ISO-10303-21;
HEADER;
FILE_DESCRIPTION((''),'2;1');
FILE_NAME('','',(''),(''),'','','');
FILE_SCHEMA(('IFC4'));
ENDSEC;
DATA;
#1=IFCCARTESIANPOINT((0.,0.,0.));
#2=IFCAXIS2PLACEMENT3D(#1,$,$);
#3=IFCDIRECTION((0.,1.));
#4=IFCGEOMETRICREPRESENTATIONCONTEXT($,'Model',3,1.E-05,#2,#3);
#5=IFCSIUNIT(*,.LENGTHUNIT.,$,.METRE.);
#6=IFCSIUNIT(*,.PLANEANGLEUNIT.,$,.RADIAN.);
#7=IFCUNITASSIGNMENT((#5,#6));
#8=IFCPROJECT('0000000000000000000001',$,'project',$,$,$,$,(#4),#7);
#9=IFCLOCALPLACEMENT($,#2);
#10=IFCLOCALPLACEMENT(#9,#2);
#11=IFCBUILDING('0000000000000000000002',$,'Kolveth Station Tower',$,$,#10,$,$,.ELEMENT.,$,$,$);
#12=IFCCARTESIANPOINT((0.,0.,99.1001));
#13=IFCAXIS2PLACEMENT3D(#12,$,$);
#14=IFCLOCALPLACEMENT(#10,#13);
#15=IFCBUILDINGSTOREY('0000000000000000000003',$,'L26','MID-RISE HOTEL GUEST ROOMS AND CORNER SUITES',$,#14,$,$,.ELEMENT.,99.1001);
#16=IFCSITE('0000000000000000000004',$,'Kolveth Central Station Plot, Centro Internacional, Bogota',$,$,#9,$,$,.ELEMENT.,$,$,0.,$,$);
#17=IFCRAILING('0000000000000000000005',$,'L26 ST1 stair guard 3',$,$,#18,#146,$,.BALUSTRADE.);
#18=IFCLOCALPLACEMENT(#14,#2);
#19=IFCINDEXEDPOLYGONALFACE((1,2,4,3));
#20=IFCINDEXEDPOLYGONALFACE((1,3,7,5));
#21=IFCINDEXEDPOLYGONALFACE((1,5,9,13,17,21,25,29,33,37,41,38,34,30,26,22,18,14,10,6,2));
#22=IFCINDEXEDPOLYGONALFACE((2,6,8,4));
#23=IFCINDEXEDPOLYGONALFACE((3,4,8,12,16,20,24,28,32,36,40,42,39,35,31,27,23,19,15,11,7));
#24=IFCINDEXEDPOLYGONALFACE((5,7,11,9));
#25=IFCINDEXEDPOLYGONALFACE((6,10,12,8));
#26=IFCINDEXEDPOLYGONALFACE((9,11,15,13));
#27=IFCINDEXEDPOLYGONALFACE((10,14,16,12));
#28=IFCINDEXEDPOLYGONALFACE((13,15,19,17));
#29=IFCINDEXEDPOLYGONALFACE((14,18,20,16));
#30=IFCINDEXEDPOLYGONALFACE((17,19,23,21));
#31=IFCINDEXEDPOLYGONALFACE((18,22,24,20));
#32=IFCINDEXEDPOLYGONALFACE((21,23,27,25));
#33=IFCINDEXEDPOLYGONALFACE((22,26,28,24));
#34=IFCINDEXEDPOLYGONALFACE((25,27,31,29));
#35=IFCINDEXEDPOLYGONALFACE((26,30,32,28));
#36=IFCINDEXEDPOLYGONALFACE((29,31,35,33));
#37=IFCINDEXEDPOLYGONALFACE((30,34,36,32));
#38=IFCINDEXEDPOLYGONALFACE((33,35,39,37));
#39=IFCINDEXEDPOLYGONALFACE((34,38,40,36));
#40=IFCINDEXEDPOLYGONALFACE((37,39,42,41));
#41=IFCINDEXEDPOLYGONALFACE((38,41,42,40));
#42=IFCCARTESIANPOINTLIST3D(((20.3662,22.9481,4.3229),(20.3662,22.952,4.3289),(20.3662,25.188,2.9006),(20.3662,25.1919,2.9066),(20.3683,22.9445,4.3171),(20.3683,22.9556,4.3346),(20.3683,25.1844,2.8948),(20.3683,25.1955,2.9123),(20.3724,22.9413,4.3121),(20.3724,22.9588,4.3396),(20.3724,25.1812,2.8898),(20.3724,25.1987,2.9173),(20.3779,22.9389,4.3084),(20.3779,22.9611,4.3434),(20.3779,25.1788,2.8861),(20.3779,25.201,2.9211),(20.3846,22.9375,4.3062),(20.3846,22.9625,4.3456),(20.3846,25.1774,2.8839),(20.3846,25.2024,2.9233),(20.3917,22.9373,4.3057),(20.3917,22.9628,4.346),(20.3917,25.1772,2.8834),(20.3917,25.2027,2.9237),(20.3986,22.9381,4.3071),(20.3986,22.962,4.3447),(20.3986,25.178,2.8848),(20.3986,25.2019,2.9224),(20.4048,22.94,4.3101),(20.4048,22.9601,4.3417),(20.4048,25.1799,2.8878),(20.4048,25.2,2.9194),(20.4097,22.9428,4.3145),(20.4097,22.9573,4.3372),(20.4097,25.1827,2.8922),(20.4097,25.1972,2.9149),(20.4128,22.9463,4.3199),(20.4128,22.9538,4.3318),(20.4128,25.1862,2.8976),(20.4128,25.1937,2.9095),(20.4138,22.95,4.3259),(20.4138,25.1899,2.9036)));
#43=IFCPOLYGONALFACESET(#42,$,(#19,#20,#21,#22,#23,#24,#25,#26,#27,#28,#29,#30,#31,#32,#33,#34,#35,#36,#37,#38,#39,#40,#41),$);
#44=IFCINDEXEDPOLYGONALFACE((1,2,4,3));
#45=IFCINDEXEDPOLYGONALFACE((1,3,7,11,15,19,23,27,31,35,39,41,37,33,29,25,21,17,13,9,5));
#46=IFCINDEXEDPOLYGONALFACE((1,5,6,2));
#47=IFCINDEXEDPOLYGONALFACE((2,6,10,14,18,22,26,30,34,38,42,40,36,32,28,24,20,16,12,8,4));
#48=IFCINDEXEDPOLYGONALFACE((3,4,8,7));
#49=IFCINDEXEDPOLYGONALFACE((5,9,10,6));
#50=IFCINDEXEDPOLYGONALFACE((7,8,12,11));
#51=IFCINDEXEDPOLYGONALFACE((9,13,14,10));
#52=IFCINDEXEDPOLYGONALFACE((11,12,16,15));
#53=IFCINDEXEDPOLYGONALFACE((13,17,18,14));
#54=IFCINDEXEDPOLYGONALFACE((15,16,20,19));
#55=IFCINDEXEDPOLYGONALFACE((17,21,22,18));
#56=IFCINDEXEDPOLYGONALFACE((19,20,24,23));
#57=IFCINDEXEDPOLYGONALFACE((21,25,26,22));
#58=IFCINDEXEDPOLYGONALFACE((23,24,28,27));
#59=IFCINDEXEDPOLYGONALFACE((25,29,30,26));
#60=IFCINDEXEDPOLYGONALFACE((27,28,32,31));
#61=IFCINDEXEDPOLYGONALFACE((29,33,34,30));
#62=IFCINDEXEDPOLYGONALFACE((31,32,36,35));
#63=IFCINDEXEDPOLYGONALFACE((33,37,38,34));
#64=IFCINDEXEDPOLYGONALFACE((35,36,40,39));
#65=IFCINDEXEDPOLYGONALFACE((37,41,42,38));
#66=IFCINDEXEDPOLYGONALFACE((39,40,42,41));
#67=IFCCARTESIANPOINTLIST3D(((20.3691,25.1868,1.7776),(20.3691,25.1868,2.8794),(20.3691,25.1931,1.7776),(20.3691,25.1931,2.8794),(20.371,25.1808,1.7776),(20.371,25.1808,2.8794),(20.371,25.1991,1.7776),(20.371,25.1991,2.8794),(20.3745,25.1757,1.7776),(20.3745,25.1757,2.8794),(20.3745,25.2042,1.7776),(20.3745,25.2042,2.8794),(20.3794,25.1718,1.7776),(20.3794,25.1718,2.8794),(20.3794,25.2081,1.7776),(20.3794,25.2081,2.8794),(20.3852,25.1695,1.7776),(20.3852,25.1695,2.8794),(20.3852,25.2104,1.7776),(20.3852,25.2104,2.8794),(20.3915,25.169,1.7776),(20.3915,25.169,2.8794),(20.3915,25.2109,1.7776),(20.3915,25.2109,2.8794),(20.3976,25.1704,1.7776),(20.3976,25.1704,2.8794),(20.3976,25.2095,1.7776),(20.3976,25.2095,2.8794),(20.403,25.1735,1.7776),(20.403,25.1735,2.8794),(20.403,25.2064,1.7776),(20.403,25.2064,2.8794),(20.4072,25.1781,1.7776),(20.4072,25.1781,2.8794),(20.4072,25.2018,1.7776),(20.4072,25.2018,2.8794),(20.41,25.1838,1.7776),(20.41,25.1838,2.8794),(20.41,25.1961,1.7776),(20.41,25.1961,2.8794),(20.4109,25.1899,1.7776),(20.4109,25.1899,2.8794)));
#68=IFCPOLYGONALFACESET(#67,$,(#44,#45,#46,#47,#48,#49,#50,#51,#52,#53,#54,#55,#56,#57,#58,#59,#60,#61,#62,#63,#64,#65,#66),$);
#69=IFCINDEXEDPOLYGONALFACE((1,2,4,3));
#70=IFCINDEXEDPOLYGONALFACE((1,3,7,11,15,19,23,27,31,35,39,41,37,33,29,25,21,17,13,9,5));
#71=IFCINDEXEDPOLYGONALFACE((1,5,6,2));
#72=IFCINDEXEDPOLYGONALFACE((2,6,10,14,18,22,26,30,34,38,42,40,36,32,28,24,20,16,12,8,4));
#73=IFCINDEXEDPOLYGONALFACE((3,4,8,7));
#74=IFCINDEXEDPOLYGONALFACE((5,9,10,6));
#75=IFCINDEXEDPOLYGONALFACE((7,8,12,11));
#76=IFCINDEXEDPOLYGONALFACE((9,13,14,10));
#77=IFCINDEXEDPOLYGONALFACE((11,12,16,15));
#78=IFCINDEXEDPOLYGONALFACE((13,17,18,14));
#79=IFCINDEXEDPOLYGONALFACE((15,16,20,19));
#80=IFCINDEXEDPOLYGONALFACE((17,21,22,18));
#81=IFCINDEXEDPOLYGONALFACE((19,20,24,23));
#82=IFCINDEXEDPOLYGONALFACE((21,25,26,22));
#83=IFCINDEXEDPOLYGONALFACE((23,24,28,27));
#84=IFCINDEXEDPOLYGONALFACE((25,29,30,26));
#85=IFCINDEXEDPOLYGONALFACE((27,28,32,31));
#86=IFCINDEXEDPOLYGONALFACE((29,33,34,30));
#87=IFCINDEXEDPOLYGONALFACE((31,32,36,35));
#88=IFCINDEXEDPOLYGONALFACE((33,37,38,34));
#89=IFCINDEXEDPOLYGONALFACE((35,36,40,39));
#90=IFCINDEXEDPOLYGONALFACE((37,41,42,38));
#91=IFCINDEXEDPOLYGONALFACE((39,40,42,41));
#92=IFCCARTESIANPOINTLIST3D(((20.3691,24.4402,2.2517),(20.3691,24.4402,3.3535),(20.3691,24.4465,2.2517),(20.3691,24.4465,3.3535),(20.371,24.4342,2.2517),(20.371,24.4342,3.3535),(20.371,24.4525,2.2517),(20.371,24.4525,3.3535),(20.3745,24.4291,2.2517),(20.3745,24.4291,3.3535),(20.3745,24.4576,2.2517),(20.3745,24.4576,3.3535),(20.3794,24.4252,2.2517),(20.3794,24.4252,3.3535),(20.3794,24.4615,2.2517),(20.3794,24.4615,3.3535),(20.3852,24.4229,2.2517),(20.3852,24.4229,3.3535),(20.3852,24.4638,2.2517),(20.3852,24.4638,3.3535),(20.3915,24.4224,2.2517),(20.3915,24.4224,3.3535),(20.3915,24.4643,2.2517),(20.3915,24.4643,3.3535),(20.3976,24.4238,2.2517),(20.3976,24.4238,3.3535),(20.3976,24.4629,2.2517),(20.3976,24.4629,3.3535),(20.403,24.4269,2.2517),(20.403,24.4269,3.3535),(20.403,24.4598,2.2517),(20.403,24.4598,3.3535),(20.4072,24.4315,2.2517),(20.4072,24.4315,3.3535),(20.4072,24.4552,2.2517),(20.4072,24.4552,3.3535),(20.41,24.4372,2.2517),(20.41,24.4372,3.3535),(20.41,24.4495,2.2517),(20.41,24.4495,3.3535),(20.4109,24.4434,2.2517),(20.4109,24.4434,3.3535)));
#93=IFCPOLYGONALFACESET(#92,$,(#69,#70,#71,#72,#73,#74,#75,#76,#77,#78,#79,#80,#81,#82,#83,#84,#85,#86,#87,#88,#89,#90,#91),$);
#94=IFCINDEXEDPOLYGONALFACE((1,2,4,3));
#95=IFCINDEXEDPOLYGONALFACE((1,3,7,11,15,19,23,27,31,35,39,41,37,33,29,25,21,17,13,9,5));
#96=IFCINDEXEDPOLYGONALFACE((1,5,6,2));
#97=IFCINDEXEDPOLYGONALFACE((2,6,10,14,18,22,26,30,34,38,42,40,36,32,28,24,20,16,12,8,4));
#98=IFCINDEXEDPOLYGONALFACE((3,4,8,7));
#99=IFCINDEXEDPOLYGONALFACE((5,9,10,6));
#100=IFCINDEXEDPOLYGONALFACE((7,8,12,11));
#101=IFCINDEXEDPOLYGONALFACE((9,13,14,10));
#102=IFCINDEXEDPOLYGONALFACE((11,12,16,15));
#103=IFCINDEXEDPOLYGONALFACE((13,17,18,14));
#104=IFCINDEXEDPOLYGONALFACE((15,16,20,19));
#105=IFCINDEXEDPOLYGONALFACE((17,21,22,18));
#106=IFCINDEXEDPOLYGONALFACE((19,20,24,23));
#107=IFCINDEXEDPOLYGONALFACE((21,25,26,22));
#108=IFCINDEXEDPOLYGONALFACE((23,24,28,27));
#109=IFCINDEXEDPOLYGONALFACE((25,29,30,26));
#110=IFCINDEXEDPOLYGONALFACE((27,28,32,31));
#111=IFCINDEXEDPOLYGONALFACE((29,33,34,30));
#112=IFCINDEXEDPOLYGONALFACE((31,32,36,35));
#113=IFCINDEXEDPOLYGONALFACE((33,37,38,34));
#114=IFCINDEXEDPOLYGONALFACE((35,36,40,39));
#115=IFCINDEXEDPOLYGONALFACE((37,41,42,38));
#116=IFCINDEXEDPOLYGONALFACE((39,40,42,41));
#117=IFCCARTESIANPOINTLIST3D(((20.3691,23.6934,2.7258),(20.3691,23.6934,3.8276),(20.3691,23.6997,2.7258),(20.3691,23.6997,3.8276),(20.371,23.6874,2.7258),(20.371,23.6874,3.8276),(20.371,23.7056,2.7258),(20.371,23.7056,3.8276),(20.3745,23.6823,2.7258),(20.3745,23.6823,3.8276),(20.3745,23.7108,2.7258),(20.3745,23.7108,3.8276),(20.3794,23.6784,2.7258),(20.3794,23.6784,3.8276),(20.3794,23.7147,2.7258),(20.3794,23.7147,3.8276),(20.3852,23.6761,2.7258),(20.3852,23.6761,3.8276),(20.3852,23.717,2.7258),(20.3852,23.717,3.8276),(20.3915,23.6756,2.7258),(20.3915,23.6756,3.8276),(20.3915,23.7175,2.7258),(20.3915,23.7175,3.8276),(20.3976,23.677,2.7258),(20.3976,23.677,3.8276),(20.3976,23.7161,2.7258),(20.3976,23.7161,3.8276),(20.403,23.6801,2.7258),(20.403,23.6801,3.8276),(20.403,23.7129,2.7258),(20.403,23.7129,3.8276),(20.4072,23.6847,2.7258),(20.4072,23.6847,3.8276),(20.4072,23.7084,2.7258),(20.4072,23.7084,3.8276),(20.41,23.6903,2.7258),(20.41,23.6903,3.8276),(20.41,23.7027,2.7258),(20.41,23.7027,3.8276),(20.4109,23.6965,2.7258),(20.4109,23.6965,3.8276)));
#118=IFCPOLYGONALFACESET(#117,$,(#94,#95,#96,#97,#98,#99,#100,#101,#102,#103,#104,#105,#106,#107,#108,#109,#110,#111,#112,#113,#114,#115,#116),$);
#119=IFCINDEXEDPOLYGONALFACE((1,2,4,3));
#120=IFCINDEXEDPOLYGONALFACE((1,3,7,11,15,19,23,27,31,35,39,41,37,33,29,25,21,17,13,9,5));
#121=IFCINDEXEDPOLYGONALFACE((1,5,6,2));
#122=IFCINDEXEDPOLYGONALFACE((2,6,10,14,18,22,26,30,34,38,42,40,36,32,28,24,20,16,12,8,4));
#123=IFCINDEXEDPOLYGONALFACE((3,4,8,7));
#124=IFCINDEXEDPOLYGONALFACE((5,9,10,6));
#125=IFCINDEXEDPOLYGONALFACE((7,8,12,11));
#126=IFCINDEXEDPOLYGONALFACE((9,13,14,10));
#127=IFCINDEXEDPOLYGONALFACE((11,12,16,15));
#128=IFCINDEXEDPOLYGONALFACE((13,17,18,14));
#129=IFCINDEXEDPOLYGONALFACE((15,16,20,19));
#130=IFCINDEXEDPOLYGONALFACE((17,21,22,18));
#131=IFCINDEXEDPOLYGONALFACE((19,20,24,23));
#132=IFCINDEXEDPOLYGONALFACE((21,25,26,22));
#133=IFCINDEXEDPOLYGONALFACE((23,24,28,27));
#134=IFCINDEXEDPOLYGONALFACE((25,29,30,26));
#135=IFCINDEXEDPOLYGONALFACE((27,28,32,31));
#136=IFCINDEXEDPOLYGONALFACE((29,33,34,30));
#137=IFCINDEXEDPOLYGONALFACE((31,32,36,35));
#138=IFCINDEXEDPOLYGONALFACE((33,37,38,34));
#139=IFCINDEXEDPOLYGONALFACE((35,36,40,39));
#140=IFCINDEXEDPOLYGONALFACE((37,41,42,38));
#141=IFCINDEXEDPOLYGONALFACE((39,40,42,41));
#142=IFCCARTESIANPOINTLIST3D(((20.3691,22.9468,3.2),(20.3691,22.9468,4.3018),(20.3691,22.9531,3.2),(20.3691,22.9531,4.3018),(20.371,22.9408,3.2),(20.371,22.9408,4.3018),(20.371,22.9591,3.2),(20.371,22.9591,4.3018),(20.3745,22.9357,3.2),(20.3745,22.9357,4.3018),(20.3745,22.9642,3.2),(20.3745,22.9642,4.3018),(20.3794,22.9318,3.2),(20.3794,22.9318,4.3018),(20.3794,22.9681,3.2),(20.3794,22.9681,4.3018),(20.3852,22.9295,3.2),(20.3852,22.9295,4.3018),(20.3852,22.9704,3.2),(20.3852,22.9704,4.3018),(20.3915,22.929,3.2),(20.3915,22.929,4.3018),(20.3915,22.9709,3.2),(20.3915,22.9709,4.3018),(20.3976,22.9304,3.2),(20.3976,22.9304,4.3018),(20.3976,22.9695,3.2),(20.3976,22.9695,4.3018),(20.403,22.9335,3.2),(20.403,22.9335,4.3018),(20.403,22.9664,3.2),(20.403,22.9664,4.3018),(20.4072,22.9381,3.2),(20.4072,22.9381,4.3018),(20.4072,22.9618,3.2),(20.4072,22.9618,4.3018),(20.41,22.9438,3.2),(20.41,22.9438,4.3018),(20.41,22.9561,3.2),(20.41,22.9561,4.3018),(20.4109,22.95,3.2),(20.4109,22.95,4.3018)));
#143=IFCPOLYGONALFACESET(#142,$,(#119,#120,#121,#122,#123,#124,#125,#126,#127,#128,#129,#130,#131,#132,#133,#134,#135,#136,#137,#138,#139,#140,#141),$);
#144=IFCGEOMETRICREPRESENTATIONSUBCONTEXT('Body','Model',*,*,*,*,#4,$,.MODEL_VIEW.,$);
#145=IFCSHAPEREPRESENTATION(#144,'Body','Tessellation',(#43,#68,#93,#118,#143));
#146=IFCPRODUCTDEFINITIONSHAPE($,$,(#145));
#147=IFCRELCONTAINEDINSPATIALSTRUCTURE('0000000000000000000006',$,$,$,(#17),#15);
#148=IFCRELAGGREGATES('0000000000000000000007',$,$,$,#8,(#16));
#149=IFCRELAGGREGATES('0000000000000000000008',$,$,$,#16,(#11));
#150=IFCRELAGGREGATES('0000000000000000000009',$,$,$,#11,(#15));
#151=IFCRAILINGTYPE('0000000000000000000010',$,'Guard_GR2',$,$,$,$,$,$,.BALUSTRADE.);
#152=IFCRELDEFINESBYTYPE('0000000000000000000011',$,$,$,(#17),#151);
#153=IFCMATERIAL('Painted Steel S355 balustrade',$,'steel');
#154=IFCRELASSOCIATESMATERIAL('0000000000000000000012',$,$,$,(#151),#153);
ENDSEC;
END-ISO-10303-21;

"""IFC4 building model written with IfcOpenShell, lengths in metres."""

from ifc_helpers import new_model, si_unit, direction, frame, origin, origin_2d, place, context, subcontext, project, spatial, circle, extrude, material, type_object, element, save


model = new_model("IFC4")

# Units and contexts
model_context = context("Model", 3, precision=1e-05, world=origin(), true_north=direction((0.0, 1.0)))
body_context = subcontext(model_context, "Body", "Model", "MODEL_VIEW")
ifc_project = project(units=[si_unit("LENGTHUNIT", "METRE"), si_unit("PLANEANGLEUNIT", "RADIAN")], contexts=[model_context])

# Site, building, storey
site_placement = place(None, origin())
site = spatial("IfcSite", under=ifc_project, at=site_placement, Name="Kolveth Central Station Plot, Centro Internacional, Bogota", CompositionType="ELEMENT", RefElevation=0.0)
building_placement = place(site_placement, origin())
building = spatial("IfcBuilding", under=site, at=building_placement, Name="Kolveth Station Tower", CompositionType="ELEMENT")
storey_placement = place(building_placement, frame((0.0, 0.0, 99.1001)))
storey = spatial("IfcBuildingStorey", under=building, at=storey_placement, Name="L26", Description="MID-RISE HOTEL GUEST ROOMS AND CORNER SUITES", CompositionType="ELEMENT", Elevation=99.1001)

# Railing
ifc_material_1 = material(Name="Painted Steel S355 balustrade", Category="steel")
railing_type_1 = type_object("IfcRailingType", Name="Guard_GR2", PredefinedType="BALUSTRADE", material=ifc_material_1)
railing_1_placement = place(storey_placement, frame((20.3899, 25.1899, 1.7776)))
element("IfcRailing", 1, at=railing_1_placement, inside=storey, type_object=railing_type_1, Name="L26 ST1 stair guard 3", PredefinedType="BALUSTRADE", context=body_context, shape_type="SweptSolid", body=[
    extrude(circle(Radius=0.0239, at=origin_2d()), frame((0.0, 0.0, 1.126), z_axis=(0.0, -0.844188, 0.536048), x_axis=(1.0, 0.0, 0.0)), (0.0, 0.0, 1.0), 2.6533),
    extrude(circle(Radius=0.021, at=origin_2d()), origin(), (0.0, 0.0, 1.0), 1.1018),
    extrude(circle(Radius=0.021, at=origin_2d()), frame((0.0, -0.7466, 0.4741)), (0.0, 0.0, 1.0), 1.1018),
    extrude(circle(Radius=0.021, at=origin_2d()), frame((0.0, -1.4934, 0.9482)), (0.0, 0.0, 1.0), 1.1018),
    extrude(circle(Radius=0.021, at=origin_2d()), frame((0.0, -2.24, 1.4224)), (0.0, 0.0, 1.0), 1.1018),
])

save(model, "model.ifc")
